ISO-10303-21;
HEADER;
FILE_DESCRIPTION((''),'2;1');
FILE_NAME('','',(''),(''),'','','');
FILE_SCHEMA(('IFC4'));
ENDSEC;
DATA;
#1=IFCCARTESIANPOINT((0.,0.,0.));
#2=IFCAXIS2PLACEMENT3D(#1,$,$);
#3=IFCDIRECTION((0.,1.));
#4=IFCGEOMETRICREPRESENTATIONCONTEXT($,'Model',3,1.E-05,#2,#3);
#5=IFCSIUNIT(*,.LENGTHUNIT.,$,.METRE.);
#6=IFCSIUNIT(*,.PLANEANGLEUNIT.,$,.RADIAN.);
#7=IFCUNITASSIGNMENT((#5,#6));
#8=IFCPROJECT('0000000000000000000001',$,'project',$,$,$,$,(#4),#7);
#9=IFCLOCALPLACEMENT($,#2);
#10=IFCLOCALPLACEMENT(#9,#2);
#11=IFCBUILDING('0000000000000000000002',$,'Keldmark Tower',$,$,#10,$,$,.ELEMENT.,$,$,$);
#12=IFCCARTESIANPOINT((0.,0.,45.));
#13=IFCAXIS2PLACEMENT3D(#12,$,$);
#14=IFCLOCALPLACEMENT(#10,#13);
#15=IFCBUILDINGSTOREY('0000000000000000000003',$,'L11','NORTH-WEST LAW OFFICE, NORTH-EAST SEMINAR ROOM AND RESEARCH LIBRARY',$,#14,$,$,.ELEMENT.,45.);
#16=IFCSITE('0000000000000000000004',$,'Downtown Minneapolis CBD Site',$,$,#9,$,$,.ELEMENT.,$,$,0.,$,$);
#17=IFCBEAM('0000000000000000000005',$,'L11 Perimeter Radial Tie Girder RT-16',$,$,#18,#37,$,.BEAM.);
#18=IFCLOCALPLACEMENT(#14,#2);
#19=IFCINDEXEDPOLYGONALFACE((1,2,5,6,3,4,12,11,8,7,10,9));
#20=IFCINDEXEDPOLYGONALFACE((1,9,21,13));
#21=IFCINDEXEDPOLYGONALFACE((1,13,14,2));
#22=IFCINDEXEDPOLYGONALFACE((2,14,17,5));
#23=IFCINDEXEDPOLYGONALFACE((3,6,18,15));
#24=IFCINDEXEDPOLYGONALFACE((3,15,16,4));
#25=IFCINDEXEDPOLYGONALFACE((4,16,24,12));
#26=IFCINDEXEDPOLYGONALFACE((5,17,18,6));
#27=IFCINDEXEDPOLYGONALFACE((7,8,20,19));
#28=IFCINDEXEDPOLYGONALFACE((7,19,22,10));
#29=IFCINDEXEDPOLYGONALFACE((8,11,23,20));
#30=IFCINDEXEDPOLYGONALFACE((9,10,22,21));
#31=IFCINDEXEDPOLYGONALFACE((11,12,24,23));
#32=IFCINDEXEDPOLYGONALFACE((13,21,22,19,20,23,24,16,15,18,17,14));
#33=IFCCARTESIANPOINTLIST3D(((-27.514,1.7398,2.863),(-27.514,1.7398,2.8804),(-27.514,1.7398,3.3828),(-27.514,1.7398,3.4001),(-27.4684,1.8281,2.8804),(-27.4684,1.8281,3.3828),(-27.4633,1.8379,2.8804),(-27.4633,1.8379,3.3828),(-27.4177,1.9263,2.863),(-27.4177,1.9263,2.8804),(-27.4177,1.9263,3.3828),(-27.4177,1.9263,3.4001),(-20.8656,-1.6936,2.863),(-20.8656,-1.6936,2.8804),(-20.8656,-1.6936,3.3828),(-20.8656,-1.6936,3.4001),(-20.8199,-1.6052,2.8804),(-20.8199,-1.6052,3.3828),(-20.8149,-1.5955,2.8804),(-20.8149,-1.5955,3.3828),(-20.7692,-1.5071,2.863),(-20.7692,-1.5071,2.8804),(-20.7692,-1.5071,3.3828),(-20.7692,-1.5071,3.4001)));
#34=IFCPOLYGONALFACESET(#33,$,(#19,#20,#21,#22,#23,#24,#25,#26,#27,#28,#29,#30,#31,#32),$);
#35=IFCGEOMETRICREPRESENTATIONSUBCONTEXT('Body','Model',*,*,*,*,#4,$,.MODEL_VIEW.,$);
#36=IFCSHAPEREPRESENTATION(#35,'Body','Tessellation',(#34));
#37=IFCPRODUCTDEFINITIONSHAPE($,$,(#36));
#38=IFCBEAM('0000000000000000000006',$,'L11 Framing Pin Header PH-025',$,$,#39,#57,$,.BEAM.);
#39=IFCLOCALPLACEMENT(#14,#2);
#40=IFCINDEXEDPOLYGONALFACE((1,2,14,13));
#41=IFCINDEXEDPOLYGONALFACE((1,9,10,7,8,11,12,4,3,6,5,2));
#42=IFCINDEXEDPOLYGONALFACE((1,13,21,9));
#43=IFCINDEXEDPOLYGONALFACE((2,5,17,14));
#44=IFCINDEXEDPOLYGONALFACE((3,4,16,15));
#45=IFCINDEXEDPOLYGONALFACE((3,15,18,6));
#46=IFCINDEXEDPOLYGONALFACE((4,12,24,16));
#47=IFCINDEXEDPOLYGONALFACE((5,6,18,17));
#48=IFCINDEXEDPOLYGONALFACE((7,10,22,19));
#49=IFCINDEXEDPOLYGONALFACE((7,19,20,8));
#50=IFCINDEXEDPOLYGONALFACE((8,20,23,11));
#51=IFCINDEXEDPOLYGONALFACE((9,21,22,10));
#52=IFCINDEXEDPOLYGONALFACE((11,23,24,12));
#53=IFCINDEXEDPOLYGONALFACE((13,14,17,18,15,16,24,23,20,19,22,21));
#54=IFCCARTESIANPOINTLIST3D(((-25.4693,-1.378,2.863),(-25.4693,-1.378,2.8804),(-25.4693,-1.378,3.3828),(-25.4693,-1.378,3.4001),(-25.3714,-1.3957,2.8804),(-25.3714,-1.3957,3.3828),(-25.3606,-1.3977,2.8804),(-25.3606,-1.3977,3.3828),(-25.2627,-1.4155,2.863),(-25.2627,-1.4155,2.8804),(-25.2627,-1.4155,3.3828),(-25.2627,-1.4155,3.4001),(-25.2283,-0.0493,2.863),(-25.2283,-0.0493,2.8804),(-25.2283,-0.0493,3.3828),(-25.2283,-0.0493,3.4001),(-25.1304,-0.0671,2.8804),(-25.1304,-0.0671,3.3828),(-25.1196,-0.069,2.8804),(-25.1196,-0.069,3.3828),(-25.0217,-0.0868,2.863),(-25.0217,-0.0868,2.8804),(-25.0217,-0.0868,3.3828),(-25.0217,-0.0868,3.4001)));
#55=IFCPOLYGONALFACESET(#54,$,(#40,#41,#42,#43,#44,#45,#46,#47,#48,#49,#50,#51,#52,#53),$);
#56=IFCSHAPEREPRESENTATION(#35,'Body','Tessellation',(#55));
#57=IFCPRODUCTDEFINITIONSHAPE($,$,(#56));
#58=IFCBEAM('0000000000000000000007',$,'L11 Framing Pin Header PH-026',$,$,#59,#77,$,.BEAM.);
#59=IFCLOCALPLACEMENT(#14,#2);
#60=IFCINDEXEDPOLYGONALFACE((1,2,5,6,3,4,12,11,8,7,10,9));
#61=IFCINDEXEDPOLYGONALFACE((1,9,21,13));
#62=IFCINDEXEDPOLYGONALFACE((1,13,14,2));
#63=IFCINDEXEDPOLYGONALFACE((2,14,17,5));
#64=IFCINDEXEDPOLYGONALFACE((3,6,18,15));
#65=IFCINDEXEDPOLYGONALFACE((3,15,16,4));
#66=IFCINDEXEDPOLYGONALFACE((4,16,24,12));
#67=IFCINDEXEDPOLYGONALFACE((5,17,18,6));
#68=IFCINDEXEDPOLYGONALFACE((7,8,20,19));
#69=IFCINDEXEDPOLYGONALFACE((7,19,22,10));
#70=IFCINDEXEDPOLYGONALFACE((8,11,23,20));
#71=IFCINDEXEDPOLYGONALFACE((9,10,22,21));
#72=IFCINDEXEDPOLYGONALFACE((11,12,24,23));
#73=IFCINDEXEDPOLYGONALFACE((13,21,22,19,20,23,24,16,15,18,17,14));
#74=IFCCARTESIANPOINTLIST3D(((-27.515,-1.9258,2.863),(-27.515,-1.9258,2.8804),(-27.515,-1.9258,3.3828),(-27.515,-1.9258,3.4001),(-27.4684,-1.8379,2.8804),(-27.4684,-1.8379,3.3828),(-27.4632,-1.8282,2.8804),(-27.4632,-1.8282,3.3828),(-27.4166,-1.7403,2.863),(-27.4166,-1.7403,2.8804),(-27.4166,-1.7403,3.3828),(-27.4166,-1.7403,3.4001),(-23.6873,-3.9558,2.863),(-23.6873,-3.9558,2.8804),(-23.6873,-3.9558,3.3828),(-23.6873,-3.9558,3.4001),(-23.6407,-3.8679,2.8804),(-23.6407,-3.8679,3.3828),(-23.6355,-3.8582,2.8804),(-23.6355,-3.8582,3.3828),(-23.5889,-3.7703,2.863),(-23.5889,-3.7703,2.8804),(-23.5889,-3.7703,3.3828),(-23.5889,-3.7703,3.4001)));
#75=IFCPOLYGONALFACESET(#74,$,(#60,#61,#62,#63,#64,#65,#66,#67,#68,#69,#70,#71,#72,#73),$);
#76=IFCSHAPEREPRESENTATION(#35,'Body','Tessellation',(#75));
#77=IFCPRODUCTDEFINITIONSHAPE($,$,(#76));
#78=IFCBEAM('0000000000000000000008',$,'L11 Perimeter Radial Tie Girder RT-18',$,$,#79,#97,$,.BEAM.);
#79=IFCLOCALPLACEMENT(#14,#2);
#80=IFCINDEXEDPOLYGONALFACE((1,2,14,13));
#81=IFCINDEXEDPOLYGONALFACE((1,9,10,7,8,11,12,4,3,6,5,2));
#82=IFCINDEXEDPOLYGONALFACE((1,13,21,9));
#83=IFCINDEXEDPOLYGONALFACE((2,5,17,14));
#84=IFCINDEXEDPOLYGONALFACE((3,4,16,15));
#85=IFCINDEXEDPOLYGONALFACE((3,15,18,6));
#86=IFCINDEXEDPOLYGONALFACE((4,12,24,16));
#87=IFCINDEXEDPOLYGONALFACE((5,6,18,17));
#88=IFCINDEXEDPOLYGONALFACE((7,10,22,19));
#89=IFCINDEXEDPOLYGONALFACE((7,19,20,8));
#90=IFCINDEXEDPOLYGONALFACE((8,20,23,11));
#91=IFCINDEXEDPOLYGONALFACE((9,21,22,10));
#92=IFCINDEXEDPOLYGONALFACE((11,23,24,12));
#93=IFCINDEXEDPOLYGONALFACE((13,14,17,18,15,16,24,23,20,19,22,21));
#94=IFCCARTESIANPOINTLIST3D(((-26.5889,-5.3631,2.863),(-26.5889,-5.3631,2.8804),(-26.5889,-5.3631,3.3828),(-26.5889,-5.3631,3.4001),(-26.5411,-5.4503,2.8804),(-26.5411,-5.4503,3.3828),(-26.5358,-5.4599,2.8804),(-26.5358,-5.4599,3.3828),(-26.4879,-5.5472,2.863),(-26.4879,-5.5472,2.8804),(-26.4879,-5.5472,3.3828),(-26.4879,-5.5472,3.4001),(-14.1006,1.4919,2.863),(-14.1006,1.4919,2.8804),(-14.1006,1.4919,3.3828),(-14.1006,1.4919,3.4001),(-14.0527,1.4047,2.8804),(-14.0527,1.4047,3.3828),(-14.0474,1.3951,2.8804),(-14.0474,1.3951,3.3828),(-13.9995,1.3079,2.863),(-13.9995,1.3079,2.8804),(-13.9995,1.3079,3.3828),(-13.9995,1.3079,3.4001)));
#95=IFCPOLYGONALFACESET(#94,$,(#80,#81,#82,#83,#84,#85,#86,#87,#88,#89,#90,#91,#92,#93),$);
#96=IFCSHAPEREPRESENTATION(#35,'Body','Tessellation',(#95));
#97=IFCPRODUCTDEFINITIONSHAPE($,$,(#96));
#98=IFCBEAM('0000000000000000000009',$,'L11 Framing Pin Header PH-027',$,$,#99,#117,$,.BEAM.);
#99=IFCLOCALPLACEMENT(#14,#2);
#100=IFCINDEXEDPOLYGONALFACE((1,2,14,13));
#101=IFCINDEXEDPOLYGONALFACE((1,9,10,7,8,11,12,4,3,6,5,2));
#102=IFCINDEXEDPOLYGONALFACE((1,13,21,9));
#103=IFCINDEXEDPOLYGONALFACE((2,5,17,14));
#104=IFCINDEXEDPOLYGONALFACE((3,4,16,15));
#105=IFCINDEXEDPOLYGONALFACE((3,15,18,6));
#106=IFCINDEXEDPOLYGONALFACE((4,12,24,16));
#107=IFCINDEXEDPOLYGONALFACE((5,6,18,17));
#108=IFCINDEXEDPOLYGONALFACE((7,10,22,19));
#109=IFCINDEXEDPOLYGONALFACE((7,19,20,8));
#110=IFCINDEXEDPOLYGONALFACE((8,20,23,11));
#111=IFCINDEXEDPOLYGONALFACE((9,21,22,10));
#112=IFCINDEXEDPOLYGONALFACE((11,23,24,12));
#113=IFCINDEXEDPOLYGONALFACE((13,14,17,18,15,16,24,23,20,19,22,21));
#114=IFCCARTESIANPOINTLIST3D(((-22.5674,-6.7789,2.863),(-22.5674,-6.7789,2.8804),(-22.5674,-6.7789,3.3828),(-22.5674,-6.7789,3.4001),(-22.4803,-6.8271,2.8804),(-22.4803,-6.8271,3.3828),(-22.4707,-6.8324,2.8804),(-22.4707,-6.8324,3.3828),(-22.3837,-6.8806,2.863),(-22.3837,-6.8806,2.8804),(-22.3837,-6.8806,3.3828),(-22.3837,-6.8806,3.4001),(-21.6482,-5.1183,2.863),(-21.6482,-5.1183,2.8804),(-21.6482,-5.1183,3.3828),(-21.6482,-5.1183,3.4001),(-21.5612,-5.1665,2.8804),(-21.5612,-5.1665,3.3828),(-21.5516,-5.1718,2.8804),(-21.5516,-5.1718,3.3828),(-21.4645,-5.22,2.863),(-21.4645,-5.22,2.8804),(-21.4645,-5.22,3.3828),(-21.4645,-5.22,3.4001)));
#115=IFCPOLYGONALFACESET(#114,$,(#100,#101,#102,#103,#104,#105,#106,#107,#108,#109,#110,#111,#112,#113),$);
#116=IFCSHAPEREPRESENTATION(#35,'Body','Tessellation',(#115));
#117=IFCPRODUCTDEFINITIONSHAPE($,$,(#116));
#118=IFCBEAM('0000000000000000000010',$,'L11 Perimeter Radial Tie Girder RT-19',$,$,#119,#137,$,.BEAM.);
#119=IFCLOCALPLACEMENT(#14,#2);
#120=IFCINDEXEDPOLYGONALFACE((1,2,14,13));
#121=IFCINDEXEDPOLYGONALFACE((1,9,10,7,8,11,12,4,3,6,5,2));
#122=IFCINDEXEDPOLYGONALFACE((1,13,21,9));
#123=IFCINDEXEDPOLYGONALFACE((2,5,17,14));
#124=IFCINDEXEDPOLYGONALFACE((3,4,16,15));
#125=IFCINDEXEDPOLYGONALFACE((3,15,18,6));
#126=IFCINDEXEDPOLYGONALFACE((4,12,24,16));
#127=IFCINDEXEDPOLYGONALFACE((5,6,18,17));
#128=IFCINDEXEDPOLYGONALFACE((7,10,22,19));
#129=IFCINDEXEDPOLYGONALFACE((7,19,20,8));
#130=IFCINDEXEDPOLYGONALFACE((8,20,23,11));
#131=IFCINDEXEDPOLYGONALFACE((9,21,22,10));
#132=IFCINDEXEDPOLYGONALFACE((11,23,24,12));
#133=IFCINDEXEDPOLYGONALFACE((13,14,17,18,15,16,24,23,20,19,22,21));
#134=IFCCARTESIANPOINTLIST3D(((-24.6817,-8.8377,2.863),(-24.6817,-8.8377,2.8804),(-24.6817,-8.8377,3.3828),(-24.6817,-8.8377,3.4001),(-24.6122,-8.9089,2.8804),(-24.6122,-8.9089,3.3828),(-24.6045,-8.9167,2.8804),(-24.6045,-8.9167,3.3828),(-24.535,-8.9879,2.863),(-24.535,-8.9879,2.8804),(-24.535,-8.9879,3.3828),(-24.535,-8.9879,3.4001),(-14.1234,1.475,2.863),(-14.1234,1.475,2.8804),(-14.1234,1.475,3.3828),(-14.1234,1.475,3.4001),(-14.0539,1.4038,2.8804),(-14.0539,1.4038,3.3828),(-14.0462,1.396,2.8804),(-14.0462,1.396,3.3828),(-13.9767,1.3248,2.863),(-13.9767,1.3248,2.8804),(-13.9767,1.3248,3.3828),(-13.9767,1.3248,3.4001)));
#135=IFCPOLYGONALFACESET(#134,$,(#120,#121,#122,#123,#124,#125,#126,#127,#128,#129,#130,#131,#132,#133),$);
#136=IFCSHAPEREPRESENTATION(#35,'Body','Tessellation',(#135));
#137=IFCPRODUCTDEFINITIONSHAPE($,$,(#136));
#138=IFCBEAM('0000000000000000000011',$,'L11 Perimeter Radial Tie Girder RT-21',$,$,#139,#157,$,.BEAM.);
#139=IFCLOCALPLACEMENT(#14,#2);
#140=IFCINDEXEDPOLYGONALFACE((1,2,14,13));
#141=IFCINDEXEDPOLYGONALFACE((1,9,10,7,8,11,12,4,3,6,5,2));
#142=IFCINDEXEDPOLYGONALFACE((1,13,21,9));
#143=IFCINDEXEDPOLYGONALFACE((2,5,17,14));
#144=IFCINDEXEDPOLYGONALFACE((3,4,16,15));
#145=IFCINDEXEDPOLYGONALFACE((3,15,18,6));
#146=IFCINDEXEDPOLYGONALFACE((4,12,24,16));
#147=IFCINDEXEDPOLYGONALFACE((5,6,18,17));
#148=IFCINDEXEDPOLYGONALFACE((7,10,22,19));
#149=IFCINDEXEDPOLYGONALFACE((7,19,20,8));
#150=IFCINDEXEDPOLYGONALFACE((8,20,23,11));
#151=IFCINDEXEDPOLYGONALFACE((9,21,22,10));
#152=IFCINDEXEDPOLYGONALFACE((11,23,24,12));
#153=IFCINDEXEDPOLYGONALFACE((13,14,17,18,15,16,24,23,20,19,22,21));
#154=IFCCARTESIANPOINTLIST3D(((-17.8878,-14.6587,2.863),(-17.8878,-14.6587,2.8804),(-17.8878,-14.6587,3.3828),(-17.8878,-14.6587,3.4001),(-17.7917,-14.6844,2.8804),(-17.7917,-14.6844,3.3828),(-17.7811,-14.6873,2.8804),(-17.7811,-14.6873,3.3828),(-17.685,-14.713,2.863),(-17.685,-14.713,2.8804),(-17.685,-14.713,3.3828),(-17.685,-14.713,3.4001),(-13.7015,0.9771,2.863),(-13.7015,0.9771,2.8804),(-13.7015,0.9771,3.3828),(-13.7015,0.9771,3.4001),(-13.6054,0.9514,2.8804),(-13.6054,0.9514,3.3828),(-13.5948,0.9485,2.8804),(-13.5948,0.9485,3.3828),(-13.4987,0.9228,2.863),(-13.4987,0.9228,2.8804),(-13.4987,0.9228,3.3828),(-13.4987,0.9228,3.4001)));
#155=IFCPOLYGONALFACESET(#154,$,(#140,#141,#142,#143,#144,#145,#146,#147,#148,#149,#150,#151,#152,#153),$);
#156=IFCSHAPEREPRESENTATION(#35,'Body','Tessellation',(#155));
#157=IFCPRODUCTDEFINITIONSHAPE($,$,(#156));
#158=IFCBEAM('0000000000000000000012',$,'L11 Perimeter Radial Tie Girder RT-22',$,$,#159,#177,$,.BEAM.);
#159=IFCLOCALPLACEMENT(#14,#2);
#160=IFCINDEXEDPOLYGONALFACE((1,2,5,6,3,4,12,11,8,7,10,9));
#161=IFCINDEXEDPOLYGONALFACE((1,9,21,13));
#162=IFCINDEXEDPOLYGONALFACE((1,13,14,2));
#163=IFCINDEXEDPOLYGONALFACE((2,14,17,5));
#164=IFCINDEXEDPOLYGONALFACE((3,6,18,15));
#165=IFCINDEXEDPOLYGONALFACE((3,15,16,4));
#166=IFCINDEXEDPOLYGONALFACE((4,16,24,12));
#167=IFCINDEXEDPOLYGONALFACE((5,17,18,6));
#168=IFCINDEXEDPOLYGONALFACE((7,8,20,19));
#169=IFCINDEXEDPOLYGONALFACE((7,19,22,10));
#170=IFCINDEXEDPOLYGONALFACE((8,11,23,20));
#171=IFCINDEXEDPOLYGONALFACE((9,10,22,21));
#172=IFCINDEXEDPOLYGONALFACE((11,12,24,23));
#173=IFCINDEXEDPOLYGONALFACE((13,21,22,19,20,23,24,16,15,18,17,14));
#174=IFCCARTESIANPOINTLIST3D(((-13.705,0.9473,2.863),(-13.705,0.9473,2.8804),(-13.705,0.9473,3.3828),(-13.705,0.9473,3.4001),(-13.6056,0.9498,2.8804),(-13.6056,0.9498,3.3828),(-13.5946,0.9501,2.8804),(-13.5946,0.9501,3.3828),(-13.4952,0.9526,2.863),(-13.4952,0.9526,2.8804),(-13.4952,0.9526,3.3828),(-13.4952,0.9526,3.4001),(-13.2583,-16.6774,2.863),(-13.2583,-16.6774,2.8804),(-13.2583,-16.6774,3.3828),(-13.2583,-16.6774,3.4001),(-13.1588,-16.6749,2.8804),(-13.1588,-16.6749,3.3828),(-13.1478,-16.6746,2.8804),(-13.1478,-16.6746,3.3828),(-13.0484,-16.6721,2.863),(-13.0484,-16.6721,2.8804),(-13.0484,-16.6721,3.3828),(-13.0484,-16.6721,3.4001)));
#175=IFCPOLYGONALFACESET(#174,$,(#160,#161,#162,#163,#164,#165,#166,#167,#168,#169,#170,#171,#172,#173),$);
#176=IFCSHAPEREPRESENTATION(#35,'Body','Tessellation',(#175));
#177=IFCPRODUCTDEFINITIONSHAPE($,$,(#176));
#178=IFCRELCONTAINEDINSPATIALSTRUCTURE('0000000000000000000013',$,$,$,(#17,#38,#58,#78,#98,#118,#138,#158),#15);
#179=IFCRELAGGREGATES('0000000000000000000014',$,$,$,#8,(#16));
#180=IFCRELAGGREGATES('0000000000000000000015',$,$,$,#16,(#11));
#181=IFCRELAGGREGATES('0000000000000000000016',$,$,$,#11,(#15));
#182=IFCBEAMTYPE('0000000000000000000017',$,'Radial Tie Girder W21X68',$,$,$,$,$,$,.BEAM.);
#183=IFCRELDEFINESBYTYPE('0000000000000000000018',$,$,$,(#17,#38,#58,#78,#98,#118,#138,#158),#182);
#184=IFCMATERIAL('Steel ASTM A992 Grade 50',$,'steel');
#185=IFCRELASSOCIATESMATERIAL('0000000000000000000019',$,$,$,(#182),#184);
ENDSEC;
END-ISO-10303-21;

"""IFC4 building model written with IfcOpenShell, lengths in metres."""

from ifc_helpers import new_model, si_unit, direction, frame, origin, origin_2d, place, context, subcontext, project, spatial, i_section, extrude, material, material_profile, profile_set, type_object, element, save


model = new_model("IFC4")

# Units and contexts
model_context = context("Model", 3, precision=1e-05, world=origin(), true_north=direction((0.0, 1.0)))
body_context = subcontext(model_context, "Body", "Model", "MODEL_VIEW")
ifc_project = project(units=[si_unit("LENGTHUNIT", "METRE"), si_unit("PLANEANGLEUNIT", "RADIAN")], contexts=[model_context])

# Site, building, storey
site_placement = place(None, origin())
site = spatial("IfcSite", under=ifc_project, at=site_placement, Name="Downtown Minneapolis CBD Site", CompositionType="ELEMENT", RefElevation=0.0)
building_placement = place(site_placement, origin())
building = spatial("IfcBuilding", under=site, at=building_placement, Name="Keldmark Tower", CompositionType="ELEMENT")
storey_placement = place(building_placement, frame((0.0, 0.0, 45.0)))
storey = spatial("IfcBuildingStorey", under=building, at=storey_placement, Name="L11", Description="NORTH-WEST LAW OFFICE, NORTH-EAST SEMINAR ROOM AND RESEARCH LIBRARY", CompositionType="ELEMENT", Elevation=45.0)

# Beams
ifc_material_1 = material(Name="Steel ASTM A992 Grade 50", Category="steel")
ifc_material_profile_1 = material_profile(ifc_material_1, i_section(OverallWidth=0.21, OverallDepth=0.5371, WebThickness=0.011, FlangeThickness=0.0173, at=origin_2d()), Name="W21X68")
ifc_profile_set_1 = profile_set([ifc_material_profile_1], Name="Steel ASTM A992 Grade 50")
beam_type_1 = type_object("IfcBeamType", Name="Radial Tie Girder W21X68", PredefinedType="BEAM", material=ifc_profile_set_1)
beam_1_placement = place(storey_placement, frame((-20.8174, -1.6003, 3.1316), z_axis=(-0.888517, 0.458843, 0.0), x_axis=(-0.458843, -0.888517, 0.0)))
element("IfcBeam", 1, at=beam_1_placement, inside=storey, type_object=beam_type_1, Name="L11 Perimeter Radial Tie Girder RT-16", PredefinedType="BEAM", context=body_context, shape_type="SweptSolid", body=[
    extrude(i_section(OverallWidth=0.21, OverallDepth=0.5371, WebThickness=0.011, FlangeThickness=0.0173, at=origin_2d()), origin(), (0.0, 0.0, 1.0), 7.4827),
])
beam_2_placement = place(storey_placement, frame((-25.366, -1.3967, 3.1316), z_axis=(0.178456, 0.983948, 0.0), x_axis=(-0.983948, 0.178456, 0.0)))
element("IfcBeam", 2, at=beam_2_placement, inside=storey, type_object=beam_type_1, Name="L11 Framing Pin Header PH-025", PredefinedType="BEAM", context=body_context, shape_type="SweptSolid", body=[
    extrude(i_section(OverallWidth=0.21, OverallDepth=0.5371, WebThickness=0.011, FlangeThickness=0.0173, at=origin_2d()), origin(), (0.0, 0.0, 1.0), 1.3503),
])
beam_3_placement = place(storey_placement, frame((-27.4658, -1.833, 3.1316), z_axis=(0.883441, -0.468543, 0.0), x_axis=(0.468543, 0.883441, 0.0)))
element("IfcBeam", 3, at=beam_3_placement, inside=storey, type_object=beam_type_1, Name="L11 Framing Pin Header PH-026", PredefinedType="BEAM", context=body_context, shape_type="SweptSolid", body=[
    extrude(i_section(OverallWidth=0.21, OverallDepth=0.5371, WebThickness=0.011, FlangeThickness=0.0173, at=origin_2d()), origin(), (0.0, 0.0, 1.0), 4.3328),
])
beam_4_placement = place(storey_placement, frame((-14.05, 1.3999, 3.1316), z_axis=(-0.876618, -0.481187, 0.0), x_axis=(0.481187, -0.876618, 0.0)))
element("IfcBeam", 4, at=beam_4_placement, inside=storey, type_object=beam_type_1, Name="L11 Perimeter Radial Tie Girder RT-18", PredefinedType="BEAM", context=body_context, shape_type="SweptSolid", body=[
    extrude(i_section(OverallWidth=0.21, OverallDepth=0.5371, WebThickness=0.011, FlangeThickness=0.0173, at=origin_2d()), origin(), (0.0, 0.0, 1.0), 14.2461),
])
beam_5_placement = place(storey_placement, frame((-21.5564, -5.1692, 3.1316), z_axis=(-0.484277, -0.874915, 0.0), x_axis=(0.874915, -0.484277, 0.0)))
element("IfcBeam", 5, at=beam_5_placement, inside=storey, type_object=beam_type_1, Name="L11 Framing Pin Header PH-027", PredefinedType="BEAM", context=body_context, shape_type="SweptSolid", body=[
    extrude(i_section(OverallWidth=0.21, OverallDepth=0.5371, WebThickness=0.011, FlangeThickness=0.0173, at=origin_2d()), origin(), (0.0, 0.0, 1.0), 1.8979),
])
beam_6_placement = place(storey_placement, frame((-14.05, 1.3999, 3.1316), z_axis=(-0.715378, -0.698737, 0.0), x_axis=(0.698737, -0.715378, 0.0)))
element("IfcBeam", 6, at=beam_6_placement, inside=storey, type_object=beam_type_1, Name="L11 Perimeter Radial Tie Girder RT-19", PredefinedType="BEAM", context=body_context, shape_type="SweptSolid", body=[
    extrude(i_section(OverallWidth=0.21, OverallDepth=0.5371, WebThickness=0.011, FlangeThickness=0.0173, at=origin_2d()), origin(), (0.0, 0.0, 1.0), 14.759),
])
beam_7_placement = place(storey_placement, frame((-13.6001, 0.95, 3.1316), z_axis=(-0.258629, -0.965977, 0.0), x_axis=(0.965977, -0.258629, 0.0)))
element("IfcBeam", 7, at=beam_7_placement, inside=storey, type_object=beam_type_1, Name="L11 Perimeter Radial Tie Girder RT-21", PredefinedType="BEAM", context=body_context, shape_type="SweptSolid", body=[
    extrude(i_section(OverallWidth=0.21, OverallDepth=0.5371, WebThickness=0.011, FlangeThickness=0.0173, at=origin_2d()), origin(), (0.0, 0.0, 1.0), 16.1865),
])
beam_8_placement = place(storey_placement, frame((-13.6001, 0.95, 3.1316), z_axis=(0.025341, -0.999679, 0.0), x_axis=(0.999679, 0.025341, 0.0)))
element("IfcBeam", 8, at=beam_8_placement, inside=storey, type_object=beam_type_1, Name="L11 Perimeter Radial Tie Girder RT-22", PredefinedType="BEAM", context=body_context, shape_type="SweptSolid", body=[
    extrude(i_section(OverallWidth=0.21, OverallDepth=0.5371, WebThickness=0.011, FlangeThickness=0.0173, at=origin_2d()), origin(), (0.0, 0.0, 1.0), 17.6304),
])

save(model, "model.ifc")
